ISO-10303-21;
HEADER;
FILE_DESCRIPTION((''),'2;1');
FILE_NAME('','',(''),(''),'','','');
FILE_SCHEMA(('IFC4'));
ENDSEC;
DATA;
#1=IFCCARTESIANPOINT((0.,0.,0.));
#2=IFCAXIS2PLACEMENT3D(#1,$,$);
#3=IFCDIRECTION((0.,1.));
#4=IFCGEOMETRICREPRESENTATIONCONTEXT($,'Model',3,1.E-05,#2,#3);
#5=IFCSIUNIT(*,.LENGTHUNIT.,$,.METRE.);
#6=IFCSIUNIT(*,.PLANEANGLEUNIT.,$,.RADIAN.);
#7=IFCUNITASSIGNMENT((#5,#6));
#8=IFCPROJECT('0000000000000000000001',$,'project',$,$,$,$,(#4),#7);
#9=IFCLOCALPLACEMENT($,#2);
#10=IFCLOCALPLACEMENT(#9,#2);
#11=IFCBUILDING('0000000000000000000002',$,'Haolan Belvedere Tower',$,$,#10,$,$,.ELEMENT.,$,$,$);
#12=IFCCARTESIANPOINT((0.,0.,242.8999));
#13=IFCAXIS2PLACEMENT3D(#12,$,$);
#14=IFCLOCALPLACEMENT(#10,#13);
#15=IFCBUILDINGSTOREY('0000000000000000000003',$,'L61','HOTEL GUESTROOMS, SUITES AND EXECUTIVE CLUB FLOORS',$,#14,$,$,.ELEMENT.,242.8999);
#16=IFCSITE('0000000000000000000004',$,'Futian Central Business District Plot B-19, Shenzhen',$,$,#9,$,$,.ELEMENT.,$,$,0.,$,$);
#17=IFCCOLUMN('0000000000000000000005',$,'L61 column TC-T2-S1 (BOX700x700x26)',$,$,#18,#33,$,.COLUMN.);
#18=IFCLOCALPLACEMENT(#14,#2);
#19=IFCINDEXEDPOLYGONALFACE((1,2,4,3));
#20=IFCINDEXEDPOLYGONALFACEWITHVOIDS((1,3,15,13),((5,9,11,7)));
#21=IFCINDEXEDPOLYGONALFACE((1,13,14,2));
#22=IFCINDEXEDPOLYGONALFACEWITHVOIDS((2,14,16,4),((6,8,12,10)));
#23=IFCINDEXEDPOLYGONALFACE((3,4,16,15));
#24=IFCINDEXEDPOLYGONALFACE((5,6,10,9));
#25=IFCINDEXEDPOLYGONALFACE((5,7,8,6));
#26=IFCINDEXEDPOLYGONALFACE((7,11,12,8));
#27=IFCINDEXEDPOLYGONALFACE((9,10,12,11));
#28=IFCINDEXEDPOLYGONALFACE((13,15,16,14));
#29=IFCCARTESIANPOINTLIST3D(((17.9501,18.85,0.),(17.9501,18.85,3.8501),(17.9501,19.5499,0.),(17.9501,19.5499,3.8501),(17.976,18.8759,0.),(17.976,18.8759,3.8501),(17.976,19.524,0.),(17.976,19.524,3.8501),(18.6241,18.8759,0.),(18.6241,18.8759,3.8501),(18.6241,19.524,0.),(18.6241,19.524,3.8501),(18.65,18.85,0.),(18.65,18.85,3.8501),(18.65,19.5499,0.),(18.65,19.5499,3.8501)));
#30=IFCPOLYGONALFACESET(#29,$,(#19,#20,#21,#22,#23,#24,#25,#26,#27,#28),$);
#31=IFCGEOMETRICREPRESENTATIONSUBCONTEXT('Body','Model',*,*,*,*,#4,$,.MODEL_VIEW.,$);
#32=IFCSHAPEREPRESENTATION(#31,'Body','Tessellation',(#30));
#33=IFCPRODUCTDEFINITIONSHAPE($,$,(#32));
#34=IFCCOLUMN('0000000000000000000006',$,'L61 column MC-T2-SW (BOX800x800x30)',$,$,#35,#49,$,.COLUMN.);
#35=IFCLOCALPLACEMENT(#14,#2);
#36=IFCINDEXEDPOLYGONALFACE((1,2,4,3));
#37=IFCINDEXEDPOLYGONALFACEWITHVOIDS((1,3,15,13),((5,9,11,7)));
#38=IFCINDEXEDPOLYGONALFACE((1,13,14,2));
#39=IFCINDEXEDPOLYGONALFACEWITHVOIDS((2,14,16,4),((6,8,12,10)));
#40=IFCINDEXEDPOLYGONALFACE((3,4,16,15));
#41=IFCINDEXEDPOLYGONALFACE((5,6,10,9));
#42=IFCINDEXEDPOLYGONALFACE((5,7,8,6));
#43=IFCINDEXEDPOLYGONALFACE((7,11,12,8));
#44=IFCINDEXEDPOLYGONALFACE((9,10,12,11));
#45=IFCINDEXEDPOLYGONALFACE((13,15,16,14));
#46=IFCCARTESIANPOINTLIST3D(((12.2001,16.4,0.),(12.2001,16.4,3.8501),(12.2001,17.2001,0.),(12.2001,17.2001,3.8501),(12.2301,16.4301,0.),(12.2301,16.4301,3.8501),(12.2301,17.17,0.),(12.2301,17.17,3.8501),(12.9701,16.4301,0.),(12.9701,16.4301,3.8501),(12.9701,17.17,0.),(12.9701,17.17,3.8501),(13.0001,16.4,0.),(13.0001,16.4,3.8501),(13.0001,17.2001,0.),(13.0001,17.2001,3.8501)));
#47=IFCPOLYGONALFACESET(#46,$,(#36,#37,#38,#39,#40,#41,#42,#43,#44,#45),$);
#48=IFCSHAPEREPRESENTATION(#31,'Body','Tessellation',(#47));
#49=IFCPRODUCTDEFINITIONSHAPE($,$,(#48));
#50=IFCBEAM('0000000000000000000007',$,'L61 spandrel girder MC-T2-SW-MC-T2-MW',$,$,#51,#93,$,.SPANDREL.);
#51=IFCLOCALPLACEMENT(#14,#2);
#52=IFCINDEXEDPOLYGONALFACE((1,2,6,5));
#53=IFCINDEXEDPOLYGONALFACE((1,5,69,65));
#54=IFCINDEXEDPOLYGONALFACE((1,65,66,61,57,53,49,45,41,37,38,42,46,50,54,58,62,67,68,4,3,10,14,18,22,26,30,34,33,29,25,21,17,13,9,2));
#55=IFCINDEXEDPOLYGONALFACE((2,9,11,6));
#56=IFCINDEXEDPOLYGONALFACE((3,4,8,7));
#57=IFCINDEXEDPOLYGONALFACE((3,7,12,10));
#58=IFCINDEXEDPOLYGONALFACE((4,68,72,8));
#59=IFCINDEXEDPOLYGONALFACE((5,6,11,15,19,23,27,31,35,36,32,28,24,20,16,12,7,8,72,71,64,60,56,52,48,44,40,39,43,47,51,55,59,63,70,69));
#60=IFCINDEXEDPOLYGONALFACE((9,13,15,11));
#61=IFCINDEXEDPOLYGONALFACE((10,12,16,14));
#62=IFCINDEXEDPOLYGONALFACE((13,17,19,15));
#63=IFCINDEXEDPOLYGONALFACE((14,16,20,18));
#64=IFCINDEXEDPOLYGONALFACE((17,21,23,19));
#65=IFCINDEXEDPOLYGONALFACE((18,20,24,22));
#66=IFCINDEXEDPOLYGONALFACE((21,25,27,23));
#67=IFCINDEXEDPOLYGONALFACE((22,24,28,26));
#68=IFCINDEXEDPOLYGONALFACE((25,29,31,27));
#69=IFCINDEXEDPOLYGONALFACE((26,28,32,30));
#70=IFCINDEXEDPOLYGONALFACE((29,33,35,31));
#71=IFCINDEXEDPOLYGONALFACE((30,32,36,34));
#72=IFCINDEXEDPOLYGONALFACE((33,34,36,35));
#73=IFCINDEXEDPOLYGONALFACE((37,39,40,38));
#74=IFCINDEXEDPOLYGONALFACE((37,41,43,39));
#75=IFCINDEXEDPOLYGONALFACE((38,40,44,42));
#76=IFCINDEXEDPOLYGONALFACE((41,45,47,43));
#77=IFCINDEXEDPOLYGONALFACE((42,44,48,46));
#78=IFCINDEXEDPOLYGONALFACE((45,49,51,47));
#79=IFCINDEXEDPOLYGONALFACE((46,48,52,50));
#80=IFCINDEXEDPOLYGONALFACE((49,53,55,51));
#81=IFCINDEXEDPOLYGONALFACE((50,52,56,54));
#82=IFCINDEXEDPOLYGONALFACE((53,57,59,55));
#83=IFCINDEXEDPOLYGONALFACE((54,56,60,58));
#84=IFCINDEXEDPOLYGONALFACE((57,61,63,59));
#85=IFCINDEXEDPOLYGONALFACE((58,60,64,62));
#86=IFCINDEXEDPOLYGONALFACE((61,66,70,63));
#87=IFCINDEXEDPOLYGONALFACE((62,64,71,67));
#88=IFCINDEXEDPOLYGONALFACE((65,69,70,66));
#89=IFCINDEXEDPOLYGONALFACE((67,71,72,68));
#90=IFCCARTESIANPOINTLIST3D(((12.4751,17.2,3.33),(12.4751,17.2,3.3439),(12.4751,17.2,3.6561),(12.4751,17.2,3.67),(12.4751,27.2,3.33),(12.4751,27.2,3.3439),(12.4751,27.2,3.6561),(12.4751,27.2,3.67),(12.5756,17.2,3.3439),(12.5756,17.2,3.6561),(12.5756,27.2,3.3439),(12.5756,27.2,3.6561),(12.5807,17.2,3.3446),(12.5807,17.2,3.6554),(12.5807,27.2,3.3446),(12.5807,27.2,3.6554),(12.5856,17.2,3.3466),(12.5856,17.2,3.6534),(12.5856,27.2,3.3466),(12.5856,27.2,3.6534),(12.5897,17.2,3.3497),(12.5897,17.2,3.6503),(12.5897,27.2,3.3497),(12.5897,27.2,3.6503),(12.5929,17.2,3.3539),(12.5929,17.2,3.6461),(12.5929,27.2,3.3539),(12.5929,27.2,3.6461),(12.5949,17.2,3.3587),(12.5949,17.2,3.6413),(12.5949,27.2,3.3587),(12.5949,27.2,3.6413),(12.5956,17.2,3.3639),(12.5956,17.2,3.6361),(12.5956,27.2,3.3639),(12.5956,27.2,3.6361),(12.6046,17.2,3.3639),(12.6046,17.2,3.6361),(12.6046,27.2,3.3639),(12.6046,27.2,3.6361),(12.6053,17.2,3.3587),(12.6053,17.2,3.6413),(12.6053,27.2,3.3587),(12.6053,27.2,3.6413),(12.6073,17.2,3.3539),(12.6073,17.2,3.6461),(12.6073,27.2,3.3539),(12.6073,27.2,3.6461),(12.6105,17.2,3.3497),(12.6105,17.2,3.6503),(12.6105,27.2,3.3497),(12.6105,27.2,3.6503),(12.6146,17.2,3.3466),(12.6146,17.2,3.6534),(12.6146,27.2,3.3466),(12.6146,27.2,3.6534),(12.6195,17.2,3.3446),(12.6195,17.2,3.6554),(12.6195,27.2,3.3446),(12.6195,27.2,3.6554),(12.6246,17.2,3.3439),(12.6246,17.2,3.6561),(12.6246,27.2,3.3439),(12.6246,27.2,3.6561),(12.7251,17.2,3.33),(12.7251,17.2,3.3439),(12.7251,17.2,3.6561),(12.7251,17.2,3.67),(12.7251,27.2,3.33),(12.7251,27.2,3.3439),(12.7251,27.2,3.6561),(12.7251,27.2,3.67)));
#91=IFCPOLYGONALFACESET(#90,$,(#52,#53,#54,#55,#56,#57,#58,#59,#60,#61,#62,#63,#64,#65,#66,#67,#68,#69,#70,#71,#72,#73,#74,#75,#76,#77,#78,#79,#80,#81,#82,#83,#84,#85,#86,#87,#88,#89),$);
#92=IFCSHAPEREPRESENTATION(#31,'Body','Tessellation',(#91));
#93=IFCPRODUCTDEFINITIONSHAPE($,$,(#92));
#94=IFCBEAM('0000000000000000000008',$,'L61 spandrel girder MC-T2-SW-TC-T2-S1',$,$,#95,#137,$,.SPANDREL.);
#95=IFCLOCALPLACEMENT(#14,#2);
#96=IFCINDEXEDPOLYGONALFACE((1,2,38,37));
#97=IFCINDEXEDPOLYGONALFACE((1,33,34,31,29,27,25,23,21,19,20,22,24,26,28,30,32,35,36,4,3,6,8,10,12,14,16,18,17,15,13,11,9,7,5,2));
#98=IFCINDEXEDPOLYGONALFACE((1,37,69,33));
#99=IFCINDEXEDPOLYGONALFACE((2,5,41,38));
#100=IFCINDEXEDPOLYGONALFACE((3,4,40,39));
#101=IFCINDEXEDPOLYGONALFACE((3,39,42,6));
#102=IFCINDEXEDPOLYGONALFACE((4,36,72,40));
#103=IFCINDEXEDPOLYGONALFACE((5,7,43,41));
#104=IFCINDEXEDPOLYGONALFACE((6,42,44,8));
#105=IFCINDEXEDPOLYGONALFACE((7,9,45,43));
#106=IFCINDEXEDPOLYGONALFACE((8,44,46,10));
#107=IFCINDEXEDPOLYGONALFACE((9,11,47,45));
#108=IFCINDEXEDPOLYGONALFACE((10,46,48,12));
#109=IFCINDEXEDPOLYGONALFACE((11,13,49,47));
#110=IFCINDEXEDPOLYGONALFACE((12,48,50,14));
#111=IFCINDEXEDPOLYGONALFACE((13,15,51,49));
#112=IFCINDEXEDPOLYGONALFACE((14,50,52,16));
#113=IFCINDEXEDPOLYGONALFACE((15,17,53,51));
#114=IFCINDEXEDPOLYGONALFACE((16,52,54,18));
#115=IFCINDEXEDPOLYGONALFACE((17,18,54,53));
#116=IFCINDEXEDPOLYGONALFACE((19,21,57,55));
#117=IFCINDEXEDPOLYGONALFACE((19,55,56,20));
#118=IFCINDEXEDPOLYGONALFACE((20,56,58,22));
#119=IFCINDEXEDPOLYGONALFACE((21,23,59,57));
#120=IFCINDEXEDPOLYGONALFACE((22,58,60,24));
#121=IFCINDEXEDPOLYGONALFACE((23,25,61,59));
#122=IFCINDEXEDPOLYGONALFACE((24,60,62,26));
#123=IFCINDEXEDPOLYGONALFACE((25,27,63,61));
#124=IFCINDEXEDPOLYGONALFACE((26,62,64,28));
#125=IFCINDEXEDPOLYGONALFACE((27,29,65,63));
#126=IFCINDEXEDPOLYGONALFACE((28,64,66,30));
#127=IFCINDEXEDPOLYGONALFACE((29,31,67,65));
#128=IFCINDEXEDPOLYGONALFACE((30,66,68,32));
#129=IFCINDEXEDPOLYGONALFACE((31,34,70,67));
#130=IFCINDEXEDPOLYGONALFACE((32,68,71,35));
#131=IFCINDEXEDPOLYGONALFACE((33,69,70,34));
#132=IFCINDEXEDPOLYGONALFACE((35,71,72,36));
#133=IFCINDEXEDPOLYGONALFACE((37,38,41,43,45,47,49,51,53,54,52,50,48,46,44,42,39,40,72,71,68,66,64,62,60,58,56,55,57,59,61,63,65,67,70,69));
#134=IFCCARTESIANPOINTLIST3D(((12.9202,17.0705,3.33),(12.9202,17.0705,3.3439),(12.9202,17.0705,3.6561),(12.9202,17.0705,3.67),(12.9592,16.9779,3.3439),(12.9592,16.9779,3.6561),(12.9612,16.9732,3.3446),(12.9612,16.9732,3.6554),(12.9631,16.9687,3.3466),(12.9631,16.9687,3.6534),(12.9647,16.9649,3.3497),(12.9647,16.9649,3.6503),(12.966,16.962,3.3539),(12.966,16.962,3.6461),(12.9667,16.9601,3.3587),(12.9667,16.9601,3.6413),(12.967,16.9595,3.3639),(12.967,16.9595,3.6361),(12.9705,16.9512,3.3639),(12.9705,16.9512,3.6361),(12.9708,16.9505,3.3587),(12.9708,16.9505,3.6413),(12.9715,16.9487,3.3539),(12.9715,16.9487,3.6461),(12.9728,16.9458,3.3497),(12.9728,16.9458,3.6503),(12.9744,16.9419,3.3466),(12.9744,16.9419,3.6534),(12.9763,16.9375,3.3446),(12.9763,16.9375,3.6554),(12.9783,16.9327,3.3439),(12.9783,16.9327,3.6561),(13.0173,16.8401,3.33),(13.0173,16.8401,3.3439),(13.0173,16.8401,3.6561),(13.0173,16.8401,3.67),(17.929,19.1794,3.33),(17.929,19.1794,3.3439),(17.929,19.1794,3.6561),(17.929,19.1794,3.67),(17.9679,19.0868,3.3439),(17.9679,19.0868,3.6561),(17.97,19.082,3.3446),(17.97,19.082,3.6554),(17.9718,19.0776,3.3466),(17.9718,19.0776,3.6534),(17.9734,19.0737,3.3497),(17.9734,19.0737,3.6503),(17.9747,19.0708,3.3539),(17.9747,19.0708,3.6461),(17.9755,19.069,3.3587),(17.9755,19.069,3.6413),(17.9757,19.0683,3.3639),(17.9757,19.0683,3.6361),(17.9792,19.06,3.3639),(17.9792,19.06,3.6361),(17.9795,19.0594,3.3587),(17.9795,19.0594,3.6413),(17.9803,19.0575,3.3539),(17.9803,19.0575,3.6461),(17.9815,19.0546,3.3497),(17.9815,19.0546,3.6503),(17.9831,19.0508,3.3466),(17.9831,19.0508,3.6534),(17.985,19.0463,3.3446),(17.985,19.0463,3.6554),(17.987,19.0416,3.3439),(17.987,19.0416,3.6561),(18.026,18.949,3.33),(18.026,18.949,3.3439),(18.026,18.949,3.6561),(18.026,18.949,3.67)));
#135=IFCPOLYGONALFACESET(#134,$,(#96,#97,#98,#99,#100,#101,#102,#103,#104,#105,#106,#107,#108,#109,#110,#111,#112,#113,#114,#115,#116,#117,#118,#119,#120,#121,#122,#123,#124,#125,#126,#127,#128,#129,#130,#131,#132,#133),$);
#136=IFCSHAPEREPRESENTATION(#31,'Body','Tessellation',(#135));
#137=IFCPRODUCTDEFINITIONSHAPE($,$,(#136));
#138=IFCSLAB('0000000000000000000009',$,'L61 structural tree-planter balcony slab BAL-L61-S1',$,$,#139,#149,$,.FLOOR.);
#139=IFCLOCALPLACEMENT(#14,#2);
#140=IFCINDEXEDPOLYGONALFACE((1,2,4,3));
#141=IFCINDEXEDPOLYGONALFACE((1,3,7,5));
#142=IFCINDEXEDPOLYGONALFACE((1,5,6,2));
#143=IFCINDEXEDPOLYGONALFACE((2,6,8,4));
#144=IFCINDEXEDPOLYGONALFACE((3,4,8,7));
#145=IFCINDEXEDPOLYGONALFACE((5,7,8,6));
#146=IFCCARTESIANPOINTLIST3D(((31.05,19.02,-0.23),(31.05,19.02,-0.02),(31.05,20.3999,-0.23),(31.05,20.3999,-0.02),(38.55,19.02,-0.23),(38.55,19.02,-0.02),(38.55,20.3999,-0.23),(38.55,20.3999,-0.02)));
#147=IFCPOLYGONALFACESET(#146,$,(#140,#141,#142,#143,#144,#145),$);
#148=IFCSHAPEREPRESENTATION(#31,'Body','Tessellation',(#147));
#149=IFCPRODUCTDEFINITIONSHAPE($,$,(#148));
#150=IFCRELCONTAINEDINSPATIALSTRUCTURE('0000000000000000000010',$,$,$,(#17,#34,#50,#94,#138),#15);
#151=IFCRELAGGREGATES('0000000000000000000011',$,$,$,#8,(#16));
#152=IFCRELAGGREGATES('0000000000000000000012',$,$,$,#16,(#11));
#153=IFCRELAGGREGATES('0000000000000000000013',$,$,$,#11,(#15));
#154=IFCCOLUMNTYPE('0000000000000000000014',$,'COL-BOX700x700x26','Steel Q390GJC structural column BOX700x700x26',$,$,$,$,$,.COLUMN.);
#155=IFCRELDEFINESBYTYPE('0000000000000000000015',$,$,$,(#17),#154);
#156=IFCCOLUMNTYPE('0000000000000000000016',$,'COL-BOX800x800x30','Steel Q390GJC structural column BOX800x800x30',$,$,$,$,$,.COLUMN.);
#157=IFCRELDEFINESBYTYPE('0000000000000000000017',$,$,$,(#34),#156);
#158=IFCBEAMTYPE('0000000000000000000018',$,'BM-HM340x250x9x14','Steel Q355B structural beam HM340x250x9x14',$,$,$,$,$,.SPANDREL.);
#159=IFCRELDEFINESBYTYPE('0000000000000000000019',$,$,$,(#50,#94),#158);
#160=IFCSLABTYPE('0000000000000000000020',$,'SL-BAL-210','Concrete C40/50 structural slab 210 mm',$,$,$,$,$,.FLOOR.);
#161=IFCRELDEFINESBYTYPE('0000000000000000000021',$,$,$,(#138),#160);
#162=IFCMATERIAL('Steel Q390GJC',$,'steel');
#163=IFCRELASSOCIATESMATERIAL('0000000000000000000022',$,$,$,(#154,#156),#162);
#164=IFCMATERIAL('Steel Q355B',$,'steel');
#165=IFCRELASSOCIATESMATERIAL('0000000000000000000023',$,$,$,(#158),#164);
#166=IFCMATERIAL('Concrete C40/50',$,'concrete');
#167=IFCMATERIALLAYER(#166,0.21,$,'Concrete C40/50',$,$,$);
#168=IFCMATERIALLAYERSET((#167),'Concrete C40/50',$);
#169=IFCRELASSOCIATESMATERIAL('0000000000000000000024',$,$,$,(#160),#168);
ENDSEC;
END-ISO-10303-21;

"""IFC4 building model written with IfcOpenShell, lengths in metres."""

from ifc_helpers import new_model, si_unit, direction, frame, origin, origin_2d, place, context, subcontext, project, spatial, polyline, hollow_rectangle, i_section, outline, extrude, material, layer, layer_set, material_profile, profile_set, type_object, element, save


model = new_model("IFC4")

# Units and contexts
model_context = context("Model", 3, precision=1e-05, world=origin(), true_north=direction((0.0, 1.0)))
body_context = subcontext(model_context, "Body", "Model", "MODEL_VIEW")
ifc_project = project(units=[si_unit("LENGTHUNIT", "METRE"), si_unit("PLANEANGLEUNIT", "RADIAN")], contexts=[model_context])

# Site, building, storey
site_placement = place(None, origin())
site = spatial("IfcSite", under=ifc_project, at=site_placement, Name="Futian Central Business District Plot B-19, Shenzhen", CompositionType="ELEMENT", RefElevation=0.0)
building_placement = place(site_placement, origin())
building = spatial("IfcBuilding", under=site, at=building_placement, Name="Haolan Belvedere Tower", CompositionType="ELEMENT")
storey_placement = place(building_placement, frame((0.0, 0.0, 242.8999)))
storey = spatial("IfcBuildingStorey", under=building, at=storey_placement, Name="L61", Description="HOTEL GUESTROOMS, SUITES AND EXECUTIVE CLUB FLOORS", CompositionType="ELEMENT", Elevation=242.8999)

# Columns
ifc_material_1 = material(Name="Steel Q390GJC", Category="steel")
ifc_material_profile_1 = material_profile(ifc_material_1, hollow_rectangle(XDim=0.7, YDim=0.7, WallThickness=0.0259, at=origin_2d()), Name="Steel Q390GJC")
ifc_profile_set_1 = profile_set([ifc_material_profile_1], Name="Steel Q390GJC")
column_type_1 = type_object("IfcColumnType", Name="COL-BOX700x700x26", Description="Steel Q390GJC structural column BOX700x700x26", PredefinedType="COLUMN", material=ifc_profile_set_1)
column_1_placement = place(storey_placement, frame((18.3, 19.2, 0.0), z_axis=(0.0, 0.0, 1.0), x_axis=(1.0, 0.0, 0.0)))
element("IfcColumn", 1, at=column_1_placement, inside=storey, type_object=column_type_1, Name="L61 column TC-T2-S1 (BOX700x700x26)", PredefinedType="COLUMN", context=body_context, shape_type="SweptSolid", body=[
    extrude(hollow_rectangle(XDim=0.7, YDim=0.7, WallThickness=0.0259, at=origin_2d()), origin(), (0.0, 0.0, 1.0), 3.8501),
])
ifc_material_profile_2 = material_profile(ifc_material_1, hollow_rectangle(XDim=0.8, YDim=0.8, WallThickness=0.03, at=origin_2d()), Name="Steel Q390GJC")
ifc_profile_set_2 = profile_set([ifc_material_profile_2], Name="Steel Q390GJC")
column_type_2 = type_object("IfcColumnType", Name="COL-BOX800x800x30", Description="Steel Q390GJC structural column BOX800x800x30", PredefinedType="COLUMN", material=ifc_profile_set_2)
column_2_placement = place(storey_placement, frame((12.6001, 16.8, 0.0), z_axis=(0.0, 0.0, 1.0), x_axis=(1.0, 0.0, 0.0)))
element("IfcColumn", 2, at=column_2_placement, inside=storey, type_object=column_type_2, Name="L61 column MC-T2-SW (BOX800x800x30)", PredefinedType="COLUMN", context=body_context, shape_type="SweptSolid", body=[
    extrude(hollow_rectangle(XDim=0.8, YDim=0.8, WallThickness=0.03, at=origin_2d()), origin(), (0.0, 0.0, 1.0), 3.8501),
])

# Beams
ifc_material_2 = material(Name="Steel Q355B", Category="steel")
ifc_material_profile_3 = material_profile(ifc_material_2, i_section(OverallWidth=0.25, OverallDepth=0.3401, WebThickness=0.009, FlangeThickness=0.0139, FilletRadius=0.02, at=origin_2d()), Name="Steel Q355B")
ifc_profile_set_3 = profile_set([ifc_material_profile_3], Name="Steel Q355B")
beam_type = type_object("IfcBeamType", Name="BM-HM340x250x9x14", Description="Steel Q355B structural beam HM340x250x9x14", PredefinedType="SPANDREL", material=ifc_profile_set_3)
beam_1_placement = place(storey_placement, frame((12.6001, 17.2, 3.5), z_axis=(0.0, 1.0, 0.0), x_axis=(-1.0, 0.0, 0.0)))
element("IfcBeam", 3, at=beam_1_placement, inside=storey, type_object=beam_type, Name="L61 spandrel girder MC-T2-SW-MC-T2-MW", PredefinedType="SPANDREL", context=body_context, shape_type="SweptSolid", body=[
    extrude(i_section(OverallWidth=0.25, OverallDepth=0.3401, WebThickness=0.009, FlangeThickness=0.0139, FilletRadius=0.02, at=origin_2d()), origin(), (0.0, 0.0, 1.0), 10.0),
])
beam_2_placement = place(storey_placement, frame((12.9688, 16.9553, 3.5), z_axis=(0.92164, 0.388045, 0.0), x_axis=(-0.388045, 0.92164, 0.0)))
element("IfcBeam", 4, at=beam_2_placement, inside=storey, type_object=beam_type, Name="L61 spandrel girder MC-T2-SW-TC-T2-S1", PredefinedType="SPANDREL", context=body_context, shape_type="SweptSolid", body=[
    extrude(i_section(OverallWidth=0.25, OverallDepth=0.3401, WebThickness=0.009, FlangeThickness=0.0139, FilletRadius=0.02, at=origin_2d()), origin(), (0.0, 0.0, 1.0), 5.4346),
])

# Slab
ifc_material_3 = material(Name="Concrete C40/50", Category="concrete")
ifc_layer_1 = layer(ifc_material_3, 0.21, Name="Concrete C40/50")
ifc_layer_set_1 = layer_set([ifc_layer_1], Name="Concrete C40/50")
slab_type_1 = type_object("IfcSlabType", Name="SL-BAL-210", Description="Concrete C40/50 structural slab 210 mm", PredefinedType="FLOOR", material=ifc_layer_set_1)
slab_1_placement = place(storey_placement, frame((0.0, 0.0, -0.23)))
element("IfcSlab", 5, at=slab_1_placement, inside=storey, type_object=slab_type_1, Name="L61 structural tree-planter balcony slab BAL-L61-S1", PredefinedType="FLOOR", context=body_context, shape_type="SweptSolid", body=[
    extrude(outline(polyline([(31.05, 19.02), (38.55, 19.02), (38.55, 20.3999), (31.05, 20.3999), (31.05, 19.02)])), origin(), (0.0, 0.0, 1.0), 0.21),
])

save(model, "model.ifc")
